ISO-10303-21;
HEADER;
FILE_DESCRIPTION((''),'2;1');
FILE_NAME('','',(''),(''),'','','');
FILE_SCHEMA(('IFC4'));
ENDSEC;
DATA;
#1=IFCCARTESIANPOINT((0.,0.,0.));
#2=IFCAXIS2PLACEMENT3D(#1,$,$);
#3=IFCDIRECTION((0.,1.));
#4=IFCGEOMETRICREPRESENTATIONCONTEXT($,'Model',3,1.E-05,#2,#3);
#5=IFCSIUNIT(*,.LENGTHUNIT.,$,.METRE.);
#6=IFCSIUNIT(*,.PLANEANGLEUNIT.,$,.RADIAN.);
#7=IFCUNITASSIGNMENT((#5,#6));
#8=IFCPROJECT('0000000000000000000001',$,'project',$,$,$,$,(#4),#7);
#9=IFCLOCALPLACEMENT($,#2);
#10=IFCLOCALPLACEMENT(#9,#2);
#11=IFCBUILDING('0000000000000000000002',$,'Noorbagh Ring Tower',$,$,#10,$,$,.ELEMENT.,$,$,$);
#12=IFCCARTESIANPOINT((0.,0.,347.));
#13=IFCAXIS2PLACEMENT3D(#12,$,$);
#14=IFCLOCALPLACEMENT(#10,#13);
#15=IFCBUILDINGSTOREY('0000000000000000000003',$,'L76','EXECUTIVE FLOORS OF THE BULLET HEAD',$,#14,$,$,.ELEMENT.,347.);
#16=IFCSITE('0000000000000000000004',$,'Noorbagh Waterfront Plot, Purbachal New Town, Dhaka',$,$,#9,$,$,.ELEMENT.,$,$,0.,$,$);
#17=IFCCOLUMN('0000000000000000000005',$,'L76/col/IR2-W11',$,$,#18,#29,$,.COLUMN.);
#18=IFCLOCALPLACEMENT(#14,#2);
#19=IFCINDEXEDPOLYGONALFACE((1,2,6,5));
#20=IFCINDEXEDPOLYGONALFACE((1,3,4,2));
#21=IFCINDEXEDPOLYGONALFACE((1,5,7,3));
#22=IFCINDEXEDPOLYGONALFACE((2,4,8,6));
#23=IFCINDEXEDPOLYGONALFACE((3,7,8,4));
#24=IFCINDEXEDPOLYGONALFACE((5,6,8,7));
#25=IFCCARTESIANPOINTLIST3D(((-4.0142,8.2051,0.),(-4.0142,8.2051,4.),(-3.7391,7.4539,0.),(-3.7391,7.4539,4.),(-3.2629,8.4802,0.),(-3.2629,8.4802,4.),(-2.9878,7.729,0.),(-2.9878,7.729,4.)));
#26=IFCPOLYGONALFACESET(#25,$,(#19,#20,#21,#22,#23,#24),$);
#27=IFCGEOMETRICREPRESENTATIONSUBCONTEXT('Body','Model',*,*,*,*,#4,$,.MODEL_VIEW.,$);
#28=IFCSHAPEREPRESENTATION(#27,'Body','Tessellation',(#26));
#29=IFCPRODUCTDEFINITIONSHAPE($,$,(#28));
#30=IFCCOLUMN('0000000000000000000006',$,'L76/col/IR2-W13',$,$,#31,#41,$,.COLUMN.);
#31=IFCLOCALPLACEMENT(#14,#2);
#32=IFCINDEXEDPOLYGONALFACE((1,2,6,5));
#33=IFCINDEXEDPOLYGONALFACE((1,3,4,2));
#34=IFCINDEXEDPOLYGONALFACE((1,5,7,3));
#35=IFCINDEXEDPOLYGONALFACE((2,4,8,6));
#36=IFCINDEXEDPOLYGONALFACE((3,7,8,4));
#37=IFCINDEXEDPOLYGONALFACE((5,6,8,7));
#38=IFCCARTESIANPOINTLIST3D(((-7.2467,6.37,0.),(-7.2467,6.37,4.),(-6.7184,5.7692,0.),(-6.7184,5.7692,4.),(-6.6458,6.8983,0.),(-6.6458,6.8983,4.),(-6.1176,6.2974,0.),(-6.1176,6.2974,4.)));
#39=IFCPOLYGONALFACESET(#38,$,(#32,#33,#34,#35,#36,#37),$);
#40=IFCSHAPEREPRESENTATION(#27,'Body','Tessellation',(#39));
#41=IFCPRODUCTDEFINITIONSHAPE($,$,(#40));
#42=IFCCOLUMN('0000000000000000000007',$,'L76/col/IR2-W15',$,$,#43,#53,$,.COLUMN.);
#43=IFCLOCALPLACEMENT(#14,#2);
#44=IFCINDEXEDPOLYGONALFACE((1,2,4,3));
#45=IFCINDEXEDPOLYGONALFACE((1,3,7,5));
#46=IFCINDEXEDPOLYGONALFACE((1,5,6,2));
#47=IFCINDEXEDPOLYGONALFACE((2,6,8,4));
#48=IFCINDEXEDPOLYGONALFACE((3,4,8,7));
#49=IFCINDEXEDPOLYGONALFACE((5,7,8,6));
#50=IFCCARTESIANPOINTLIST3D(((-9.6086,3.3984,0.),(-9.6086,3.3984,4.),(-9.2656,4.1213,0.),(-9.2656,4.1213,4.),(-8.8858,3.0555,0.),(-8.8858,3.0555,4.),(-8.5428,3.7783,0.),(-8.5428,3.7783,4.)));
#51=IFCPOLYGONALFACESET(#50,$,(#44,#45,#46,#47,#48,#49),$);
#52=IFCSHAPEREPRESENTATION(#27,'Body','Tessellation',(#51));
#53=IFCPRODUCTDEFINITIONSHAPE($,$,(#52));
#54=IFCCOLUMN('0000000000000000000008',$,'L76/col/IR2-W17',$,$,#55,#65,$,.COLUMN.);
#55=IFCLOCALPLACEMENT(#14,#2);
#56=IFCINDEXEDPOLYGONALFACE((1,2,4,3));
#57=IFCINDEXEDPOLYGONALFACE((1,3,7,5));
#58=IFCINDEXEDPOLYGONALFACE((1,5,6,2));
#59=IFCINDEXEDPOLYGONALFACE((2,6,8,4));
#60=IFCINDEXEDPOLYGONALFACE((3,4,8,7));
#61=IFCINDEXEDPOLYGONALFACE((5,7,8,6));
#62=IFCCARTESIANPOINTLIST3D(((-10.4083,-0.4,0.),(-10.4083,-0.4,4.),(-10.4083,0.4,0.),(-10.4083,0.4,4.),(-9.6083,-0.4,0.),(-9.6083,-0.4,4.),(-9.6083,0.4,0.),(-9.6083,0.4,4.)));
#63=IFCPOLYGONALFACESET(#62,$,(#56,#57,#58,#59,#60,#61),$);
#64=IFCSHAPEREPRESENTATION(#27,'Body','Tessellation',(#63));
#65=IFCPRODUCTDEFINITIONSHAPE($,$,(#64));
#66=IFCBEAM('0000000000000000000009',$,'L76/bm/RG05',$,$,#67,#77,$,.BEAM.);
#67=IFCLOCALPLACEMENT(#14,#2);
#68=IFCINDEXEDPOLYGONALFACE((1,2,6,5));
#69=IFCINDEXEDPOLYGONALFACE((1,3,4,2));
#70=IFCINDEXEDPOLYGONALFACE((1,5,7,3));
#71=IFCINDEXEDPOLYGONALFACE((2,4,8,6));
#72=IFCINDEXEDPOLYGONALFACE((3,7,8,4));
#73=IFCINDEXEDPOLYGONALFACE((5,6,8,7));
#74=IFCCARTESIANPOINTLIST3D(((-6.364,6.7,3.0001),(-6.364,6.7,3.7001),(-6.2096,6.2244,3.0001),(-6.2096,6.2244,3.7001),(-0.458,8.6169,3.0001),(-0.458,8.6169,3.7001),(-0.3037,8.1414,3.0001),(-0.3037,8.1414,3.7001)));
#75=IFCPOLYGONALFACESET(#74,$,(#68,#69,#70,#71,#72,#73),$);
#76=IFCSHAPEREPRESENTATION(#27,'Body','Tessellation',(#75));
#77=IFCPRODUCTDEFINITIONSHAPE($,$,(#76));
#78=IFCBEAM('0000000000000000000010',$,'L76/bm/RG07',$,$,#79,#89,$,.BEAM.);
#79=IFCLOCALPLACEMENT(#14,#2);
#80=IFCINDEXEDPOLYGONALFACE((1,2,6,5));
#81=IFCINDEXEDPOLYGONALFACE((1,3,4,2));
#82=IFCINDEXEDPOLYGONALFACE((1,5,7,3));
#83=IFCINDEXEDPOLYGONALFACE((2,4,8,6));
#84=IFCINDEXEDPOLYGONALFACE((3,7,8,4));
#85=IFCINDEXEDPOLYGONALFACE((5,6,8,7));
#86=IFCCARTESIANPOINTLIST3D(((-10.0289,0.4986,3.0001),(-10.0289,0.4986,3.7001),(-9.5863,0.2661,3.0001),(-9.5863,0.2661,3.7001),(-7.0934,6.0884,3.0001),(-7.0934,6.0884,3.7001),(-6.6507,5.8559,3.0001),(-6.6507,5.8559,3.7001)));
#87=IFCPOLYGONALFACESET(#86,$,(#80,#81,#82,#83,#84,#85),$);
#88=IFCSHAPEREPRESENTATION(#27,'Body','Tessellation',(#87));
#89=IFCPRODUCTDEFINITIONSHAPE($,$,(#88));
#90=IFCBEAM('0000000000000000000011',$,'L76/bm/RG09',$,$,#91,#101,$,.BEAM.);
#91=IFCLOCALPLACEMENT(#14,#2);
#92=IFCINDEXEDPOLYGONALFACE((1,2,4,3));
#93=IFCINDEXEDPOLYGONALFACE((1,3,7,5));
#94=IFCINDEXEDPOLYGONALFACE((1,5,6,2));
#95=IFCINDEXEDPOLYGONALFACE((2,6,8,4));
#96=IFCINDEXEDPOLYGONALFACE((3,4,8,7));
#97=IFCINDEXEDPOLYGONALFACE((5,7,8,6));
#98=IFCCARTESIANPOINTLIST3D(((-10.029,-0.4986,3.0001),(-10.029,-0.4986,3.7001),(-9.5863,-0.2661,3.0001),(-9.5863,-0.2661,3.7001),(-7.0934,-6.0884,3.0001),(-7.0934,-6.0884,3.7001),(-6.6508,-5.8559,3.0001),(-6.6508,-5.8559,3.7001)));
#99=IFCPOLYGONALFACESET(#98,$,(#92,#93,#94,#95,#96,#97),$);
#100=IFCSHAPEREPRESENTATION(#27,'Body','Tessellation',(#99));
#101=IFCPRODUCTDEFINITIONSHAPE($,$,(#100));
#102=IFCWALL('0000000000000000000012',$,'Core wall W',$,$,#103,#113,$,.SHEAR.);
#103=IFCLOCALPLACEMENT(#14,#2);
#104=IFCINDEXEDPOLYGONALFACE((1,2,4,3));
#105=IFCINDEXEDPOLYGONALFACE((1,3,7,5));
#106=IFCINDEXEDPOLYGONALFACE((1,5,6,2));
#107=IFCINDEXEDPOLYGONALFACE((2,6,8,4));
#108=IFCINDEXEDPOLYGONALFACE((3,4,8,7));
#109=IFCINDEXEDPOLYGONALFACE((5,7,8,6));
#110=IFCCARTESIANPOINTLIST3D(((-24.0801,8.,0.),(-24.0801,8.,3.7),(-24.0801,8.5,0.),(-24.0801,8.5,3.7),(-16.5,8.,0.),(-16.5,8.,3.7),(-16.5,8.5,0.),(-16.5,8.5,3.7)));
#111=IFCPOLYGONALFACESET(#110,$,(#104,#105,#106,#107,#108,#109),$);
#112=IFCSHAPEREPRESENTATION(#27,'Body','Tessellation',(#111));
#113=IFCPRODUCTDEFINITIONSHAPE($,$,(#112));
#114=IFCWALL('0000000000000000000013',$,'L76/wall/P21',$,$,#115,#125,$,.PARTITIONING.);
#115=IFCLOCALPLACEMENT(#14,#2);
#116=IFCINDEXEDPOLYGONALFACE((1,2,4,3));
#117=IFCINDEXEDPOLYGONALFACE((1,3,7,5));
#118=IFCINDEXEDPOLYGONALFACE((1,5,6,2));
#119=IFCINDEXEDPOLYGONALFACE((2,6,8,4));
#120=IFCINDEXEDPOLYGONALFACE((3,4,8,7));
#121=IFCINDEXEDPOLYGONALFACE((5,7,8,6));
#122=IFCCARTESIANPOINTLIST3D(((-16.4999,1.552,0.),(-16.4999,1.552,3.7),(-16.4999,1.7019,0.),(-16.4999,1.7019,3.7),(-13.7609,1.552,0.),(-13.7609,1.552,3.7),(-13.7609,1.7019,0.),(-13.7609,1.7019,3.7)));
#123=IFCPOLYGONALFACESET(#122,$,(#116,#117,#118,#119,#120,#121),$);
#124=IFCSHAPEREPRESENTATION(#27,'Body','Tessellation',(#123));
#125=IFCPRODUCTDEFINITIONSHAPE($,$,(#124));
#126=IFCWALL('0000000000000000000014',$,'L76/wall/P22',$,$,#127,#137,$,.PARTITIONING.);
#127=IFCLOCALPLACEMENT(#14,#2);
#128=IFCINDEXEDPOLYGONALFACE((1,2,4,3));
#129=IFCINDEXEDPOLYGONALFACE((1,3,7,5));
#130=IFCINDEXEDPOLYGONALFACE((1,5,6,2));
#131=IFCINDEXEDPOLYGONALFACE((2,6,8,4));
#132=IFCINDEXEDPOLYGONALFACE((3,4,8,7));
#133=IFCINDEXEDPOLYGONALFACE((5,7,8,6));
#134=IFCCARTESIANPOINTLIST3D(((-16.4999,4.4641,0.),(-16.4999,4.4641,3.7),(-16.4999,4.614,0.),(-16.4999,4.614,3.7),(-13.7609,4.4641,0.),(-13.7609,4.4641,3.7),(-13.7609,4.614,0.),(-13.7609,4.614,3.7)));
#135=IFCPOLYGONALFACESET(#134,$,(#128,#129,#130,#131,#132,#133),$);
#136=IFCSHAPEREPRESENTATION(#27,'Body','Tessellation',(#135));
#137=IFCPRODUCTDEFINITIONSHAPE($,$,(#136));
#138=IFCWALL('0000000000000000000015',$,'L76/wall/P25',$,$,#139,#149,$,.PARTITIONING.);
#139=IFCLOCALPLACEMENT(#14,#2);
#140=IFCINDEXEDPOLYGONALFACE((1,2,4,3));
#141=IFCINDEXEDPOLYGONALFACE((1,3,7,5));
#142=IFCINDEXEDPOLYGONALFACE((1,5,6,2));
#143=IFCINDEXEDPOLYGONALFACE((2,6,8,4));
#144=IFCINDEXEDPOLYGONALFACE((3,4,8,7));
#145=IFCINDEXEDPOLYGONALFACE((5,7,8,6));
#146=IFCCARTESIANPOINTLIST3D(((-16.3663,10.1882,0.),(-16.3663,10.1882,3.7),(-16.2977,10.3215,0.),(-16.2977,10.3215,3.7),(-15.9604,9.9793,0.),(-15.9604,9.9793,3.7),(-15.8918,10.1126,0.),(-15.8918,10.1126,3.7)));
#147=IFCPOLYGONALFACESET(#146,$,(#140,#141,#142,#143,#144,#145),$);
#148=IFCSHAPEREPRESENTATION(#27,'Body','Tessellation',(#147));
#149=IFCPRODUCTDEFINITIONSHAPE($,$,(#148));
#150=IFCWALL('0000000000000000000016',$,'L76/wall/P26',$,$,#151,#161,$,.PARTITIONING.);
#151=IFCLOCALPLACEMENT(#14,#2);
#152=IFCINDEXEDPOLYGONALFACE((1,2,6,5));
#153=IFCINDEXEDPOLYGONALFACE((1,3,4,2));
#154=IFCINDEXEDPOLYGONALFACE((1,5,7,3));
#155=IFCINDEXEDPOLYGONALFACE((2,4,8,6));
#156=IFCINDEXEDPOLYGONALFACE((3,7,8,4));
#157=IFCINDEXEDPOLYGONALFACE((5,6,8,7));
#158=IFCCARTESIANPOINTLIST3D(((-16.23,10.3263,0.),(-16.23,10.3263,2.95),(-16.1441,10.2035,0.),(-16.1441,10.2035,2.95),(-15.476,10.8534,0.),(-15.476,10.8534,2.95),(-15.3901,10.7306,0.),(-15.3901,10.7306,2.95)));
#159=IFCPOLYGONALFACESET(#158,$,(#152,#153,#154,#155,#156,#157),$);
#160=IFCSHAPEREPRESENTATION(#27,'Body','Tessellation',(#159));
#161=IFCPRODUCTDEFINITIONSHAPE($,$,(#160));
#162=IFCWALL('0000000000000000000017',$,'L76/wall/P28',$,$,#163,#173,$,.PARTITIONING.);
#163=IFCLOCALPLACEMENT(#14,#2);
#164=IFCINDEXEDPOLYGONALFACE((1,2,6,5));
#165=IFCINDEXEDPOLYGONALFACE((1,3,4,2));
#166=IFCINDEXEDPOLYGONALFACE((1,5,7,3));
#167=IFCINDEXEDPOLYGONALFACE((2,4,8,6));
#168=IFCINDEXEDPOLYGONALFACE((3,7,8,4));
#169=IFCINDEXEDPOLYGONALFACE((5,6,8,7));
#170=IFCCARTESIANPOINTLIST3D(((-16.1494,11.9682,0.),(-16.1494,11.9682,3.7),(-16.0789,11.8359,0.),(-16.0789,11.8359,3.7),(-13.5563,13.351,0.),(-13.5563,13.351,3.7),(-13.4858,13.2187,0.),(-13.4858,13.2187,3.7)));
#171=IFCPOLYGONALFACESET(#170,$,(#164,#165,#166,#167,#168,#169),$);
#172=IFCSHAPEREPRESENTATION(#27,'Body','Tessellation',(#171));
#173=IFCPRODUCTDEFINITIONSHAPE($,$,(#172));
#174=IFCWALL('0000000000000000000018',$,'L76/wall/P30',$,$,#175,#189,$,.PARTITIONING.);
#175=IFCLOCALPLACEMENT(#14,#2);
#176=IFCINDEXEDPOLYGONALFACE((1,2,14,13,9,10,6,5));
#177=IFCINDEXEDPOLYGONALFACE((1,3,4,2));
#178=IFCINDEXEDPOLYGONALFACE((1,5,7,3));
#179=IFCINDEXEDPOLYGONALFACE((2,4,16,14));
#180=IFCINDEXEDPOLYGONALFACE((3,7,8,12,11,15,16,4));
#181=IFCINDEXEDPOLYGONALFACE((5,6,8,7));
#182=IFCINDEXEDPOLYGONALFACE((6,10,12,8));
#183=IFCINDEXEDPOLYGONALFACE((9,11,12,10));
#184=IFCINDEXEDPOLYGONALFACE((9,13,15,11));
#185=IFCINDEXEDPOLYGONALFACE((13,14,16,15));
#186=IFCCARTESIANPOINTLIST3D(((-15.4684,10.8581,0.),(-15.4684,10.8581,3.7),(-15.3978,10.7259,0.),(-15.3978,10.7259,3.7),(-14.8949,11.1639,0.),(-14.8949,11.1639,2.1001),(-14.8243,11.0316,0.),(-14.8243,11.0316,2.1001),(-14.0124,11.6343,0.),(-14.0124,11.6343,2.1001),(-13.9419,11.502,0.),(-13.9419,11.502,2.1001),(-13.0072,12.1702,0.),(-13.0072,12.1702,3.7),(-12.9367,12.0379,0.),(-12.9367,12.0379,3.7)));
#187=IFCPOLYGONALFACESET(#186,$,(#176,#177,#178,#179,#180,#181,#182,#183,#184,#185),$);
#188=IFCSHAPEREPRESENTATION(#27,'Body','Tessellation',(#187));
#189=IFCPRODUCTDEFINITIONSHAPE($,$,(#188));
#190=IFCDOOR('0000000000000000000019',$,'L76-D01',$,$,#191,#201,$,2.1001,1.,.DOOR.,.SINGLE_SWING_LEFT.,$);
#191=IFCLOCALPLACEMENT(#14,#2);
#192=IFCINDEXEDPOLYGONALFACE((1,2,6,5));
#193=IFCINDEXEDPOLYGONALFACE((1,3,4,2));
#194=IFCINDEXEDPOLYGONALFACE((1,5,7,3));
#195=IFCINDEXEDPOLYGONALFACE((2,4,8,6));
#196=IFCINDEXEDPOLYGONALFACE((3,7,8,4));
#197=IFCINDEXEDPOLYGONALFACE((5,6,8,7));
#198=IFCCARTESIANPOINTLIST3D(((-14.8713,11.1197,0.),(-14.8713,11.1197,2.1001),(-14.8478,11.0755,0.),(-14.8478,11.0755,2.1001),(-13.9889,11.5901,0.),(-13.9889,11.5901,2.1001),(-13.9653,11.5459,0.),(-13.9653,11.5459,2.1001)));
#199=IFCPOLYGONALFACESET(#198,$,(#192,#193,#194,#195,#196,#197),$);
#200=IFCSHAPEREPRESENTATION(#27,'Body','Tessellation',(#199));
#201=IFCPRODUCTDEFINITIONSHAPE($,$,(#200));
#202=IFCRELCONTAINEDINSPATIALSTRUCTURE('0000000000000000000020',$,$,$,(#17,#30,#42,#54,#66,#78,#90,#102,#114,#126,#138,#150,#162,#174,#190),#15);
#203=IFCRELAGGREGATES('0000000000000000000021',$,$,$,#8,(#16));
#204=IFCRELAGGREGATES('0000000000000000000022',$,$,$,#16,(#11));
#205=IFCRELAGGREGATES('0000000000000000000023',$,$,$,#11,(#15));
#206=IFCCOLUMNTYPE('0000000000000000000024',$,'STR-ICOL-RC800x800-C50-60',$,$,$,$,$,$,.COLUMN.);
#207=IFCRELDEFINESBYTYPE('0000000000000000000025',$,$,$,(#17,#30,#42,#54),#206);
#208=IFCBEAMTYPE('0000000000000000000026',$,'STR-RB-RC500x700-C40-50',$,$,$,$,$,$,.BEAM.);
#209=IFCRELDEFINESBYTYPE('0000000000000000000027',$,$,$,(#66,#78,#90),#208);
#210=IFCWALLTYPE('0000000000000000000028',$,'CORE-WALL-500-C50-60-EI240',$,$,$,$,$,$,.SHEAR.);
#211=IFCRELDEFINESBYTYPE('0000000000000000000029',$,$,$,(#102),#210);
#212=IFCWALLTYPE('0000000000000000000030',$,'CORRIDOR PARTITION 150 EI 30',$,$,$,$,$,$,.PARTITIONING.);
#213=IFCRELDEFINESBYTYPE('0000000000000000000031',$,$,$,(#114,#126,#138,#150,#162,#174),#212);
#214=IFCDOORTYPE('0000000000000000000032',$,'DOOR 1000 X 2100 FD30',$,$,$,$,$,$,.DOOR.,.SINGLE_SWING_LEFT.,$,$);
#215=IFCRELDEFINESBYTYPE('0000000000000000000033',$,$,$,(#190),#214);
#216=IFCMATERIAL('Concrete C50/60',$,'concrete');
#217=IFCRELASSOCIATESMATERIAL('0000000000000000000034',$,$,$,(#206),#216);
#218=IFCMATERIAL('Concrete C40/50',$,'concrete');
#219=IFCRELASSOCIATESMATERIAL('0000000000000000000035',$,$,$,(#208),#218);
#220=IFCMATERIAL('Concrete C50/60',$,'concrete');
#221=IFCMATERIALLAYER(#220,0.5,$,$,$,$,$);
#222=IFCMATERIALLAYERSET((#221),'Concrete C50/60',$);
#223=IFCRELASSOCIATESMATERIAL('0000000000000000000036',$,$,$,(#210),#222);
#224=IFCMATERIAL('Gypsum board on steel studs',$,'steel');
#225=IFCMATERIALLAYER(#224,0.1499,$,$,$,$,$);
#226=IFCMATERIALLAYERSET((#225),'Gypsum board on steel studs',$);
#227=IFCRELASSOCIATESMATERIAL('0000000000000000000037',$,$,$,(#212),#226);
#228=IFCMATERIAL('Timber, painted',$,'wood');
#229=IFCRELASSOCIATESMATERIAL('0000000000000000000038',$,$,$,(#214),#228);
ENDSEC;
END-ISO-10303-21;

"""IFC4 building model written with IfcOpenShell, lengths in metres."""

from ifc_helpers import new_model, si_unit, direction, frame, frame_2d, origin, origin_2d, place, context, subcontext, project, spatial, rectangle, extrude, material, layer, layer_set, material_profile, profile_set, type_object, element, fill, save


model = new_model("IFC4")

# Units and contexts
model_context = context("Model", 3, precision=1e-05, world=origin(), true_north=direction((0.0, 1.0)))
body_context = subcontext(model_context, "Body", "Model", "MODEL_VIEW")
ifc_project = project(units=[si_unit("LENGTHUNIT", "METRE"), si_unit("PLANEANGLEUNIT", "RADIAN")], contexts=[model_context])

# Site, building, storey
site_placement = place(None, origin())
site = spatial("IfcSite", under=ifc_project, at=site_placement, Name="Noorbagh Waterfront Plot, Purbachal New Town, Dhaka", CompositionType="ELEMENT", RefElevation=0.0)
building_placement = place(site_placement, origin())
building = spatial("IfcBuilding", under=site, at=building_placement, Name="Noorbagh Ring Tower", CompositionType="ELEMENT")
storey_placement = place(building_placement, frame((0.0, 0.0, 347.0)))
storey = spatial("IfcBuildingStorey", under=building, at=storey_placement, Name="L76", Description="EXECUTIVE FLOORS OF THE BULLET HEAD", CompositionType="ELEMENT", Elevation=347.0)

# Columns
ifc_material_1 = material(Name="Concrete C50/60", Category="concrete")
ifc_material_profile_1 = material_profile(ifc_material_1, rectangle(XDim=0.8, YDim=0.8, at=origin_2d()), Name="RC800x800")
ifc_profile_set_1 = profile_set([ifc_material_profile_1], Name="Concrete C50/60")
column_type = type_object("IfcColumnType", Name="STR-ICOL-RC800x800-C50-60", PredefinedType="COLUMN", material=ifc_profile_set_1)
for number, where, z_axis, x_axis, name in (
    (1, (-3.501, 7.967, 0.0), (0.0, 0.0, 1.0), (-0.93902, -0.343864, 0.0), "L76/col/IR2-W11"),
    (2, (-6.6821, 6.3337, 0.0), (0.0, 0.0, 1.0), (-0.751022, -0.660277, 0.0), "L76/col/IR2-W13"),
    (3, (-9.0757, 3.5884, 0.0), (0.0, 0.0, 1.0), (-0.428667, -0.903463, 0.0), "L76/col/IR2-W15"),
    (4, (-10.0083, 0.0, 0.0), (0.0, 0.0, 1.0), (0.0, -1.0, 0.0), "L76/col/IR2-W17"),
):
    element("IfcColumn", number, at=place(storey_placement, frame(where, z_axis=z_axis, x_axis=x_axis)), inside=storey, type_object=column_type, Name=name, PredefinedType="COLUMN", context=body_context, shape_type="SweptSolid", body=[
        extrude(rectangle(XDim=0.8, YDim=0.8, at=origin_2d()), origin(), (0.0, 0.0, 1.0), 4.0),
    ])

# Beams
ifc_material_2 = material(Name="Concrete C40/50", Category="concrete")
ifc_material_profile_2 = material_profile(ifc_material_2, rectangle(XDim=0.5, YDim=0.7, at=origin_2d()), Name="RC500x700")
ifc_profile_set_2 = profile_set([ifc_material_profile_2], Name="Concrete C40/50")
beam_type = type_object("IfcBeamType", Name="STR-RB-RC500x700-C40-50", PredefinedType="BEAM", material=ifc_profile_set_2)
beam_placement = place(storey_placement, frame((-0.3809, 8.3792, 3.3501), z_axis=(-0.95115, -0.308728, 0.0), x_axis=(0.308728, -0.95115, 0.0)))
element("IfcBeam", 5, at=beam_placement, inside=storey, type_object=beam_type, Name="L76/bm/RG05", PredefinedType="BEAM", context=body_context, shape_type="SweptSolid", body=[
    extrude(rectangle(XDim=0.5, YDim=0.7, at=origin_2d()), origin(), (0.0, 0.0, 1.0), 6.2092),
])
for number, where, z_axis, x_axis, name in (
    (6, (-6.8721, 5.9722, 3.3501), (-0.464943, -0.885341, 0.0), (0.885341, -0.464943, 0.0), "L76/bm/RG07"),
    (7, (-9.8076, -0.3823, 3.3501), (0.464943, -0.885341, 0.0), (0.885341, 0.464943, 0.0), "L76/bm/RG09"),
):
    element("IfcBeam", number, at=place(storey_placement, frame(where, z_axis=z_axis, x_axis=x_axis)), inside=storey, type_object=beam_type, Name=name, PredefinedType="BEAM", context=body_context, shape_type="SweptSolid", body=[
        extrude(rectangle(XDim=0.5, YDim=0.7, at=origin_2d()), origin(), (0.0, 0.0, 1.0), 6.3137),
    ])

# Walls
ifc_material_3 = material(Name="Concrete C50/60", Category="concrete")
ifc_layer_1 = layer(ifc_material_3, 0.5)
ifc_layer_set_1 = layer_set([ifc_layer_1], Name="Concrete C50/60")
wall_type_1 = type_object("IfcWallType", Name="CORE-WALL-500-C50-60-EI240", PredefinedType="SHEAR", material=ifc_layer_set_1)
wall_1_placement = place(storey_placement, frame((-16.5, 8.25, 0.0), z_axis=(0.0, 0.0, 1.0), x_axis=(-1.0, 0.0, 0.0)))
element("IfcWall", 8, at=wall_1_placement, inside=storey, type_object=wall_type_1, Name="Core wall W", PredefinedType="SHEAR", context=body_context, shape_type="SweptSolid", body=[
    extrude(rectangle(XDim=7.5801, YDim=0.5, at=frame_2d((3.79, 0.0))), origin(), (0.0, 0.0, 1.0), 3.7),
])
ifc_material_4 = material(Name="Gypsum board on steel studs", Category="steel")
ifc_layer_2 = layer(ifc_material_4, 0.1499)
ifc_layer_set_2 = layer_set([ifc_layer_2], Name="Gypsum board on steel studs")
wall_type_2 = type_object("IfcWallType", Name="CORRIDOR PARTITION 150 EI 30", PredefinedType="PARTITIONING", material=ifc_layer_set_2)
for number, where, z_axis, x_axis, name in (
    (9, (-16.5, 1.627, 0.0), (0.0, 0.0, 1.0), (1.0, 0.0, 0.0), "L76/wall/P21"),
    (10, (-16.5, 4.5391, 0.0), (0.0, 0.0, 1.0), (1.0, 0.0, 0.0), "L76/wall/P22"),
):
    element("IfcWall", number, at=place(storey_placement, frame(where, z_axis=z_axis, x_axis=x_axis)), inside=storey, type_object=wall_type_2, Name=name, PredefinedType="PARTITIONING", context=body_context, shape_type="SweptSolid", body=[
        extrude(rectangle(XDim=2.739, YDim=0.1499, at=frame_2d((1.3696, 0.0))), origin(), (0.0, 0.0, 1.0), 3.7),
    ])
wall_2_placement = place(storey_placement, frame((-16.332, 10.2549, 0.0), z_axis=(0.0, 0.0, 1.0), x_axis=(0.889126, -0.457662, 0.0)))
element("IfcWall", 11, at=wall_2_placement, inside=storey, type_object=wall_type_2, Name="L76/wall/P25", PredefinedType="PARTITIONING", context=body_context, shape_type="SweptSolid", body=[
    extrude(rectangle(XDim=0.4565, YDim=0.1499, at=frame_2d((0.2283, 0.0))), origin(), (0.0, 0.0, 1.0), 3.7),
])
wall_3_placement = place(storey_placement, frame((-16.187, 10.2649, 0.0), z_axis=(0.0, 0.0, 1.0), x_axis=(0.819556, 0.572999, 0.0)))
element("IfcWall", 12, at=wall_3_placement, inside=storey, type_object=wall_type_2, Name="L76/wall/P26", PredefinedType="PARTITIONING", context=body_context, shape_type="SweptSolid", body=[
    extrude(rectangle(XDim=0.9199, YDim=0.1499, at=frame_2d((0.46, 0.0))), origin(), (0.0, 0.0, 1.0), 2.95),
])
wall_4_placement = place(storey_placement, frame((-16.114, 11.9021, 0.0), z_axis=(0.0, 0.0, 1.0), x_axis=(0.882371, 0.470554, 0.0)))
element("IfcWall", 13, at=wall_4_placement, inside=storey, type_object=wall_type_2, Name="L76/wall/P28", PredefinedType="PARTITIONING", context=body_context, shape_type="SweptSolid", body=[
    extrude(rectangle(XDim=2.9387, YDim=0.1499, at=frame_2d((1.4692, 0.0))), origin(), (0.0, 0.0, 1.0), 3.7),
])

# Wall, opening, door
wall_5_placement = place(storey_placement, frame((-15.4331, 10.792, 0.0), z_axis=(0.0, 0.0, 1.0), x_axis=(0.882445, 0.470416, 0.0)))
wall_5 = element("IfcWall", 14, at=wall_5_placement, inside=storey, type_object=wall_type_2, Name="L76/wall/P30", PredefinedType="PARTITIONING", context=body_context, shape_type="SweptSolid", body=[
    extrude(rectangle(XDim=2.7891, YDim=0.1499, at=frame_2d((1.3945, 0.0))), origin(), (0.0, 0.0, 1.0), 3.7),
])
opening_1_placement = place(wall_5_placement, frame((0.6499, 0.0, 0.0)))
opening_1 = element("IfcOpeningElement", 15, at=opening_1_placement, cuts=wall_5, PredefinedType="OPENING", context=body_context, shape_type="SweptSolid", body=[
    extrude(rectangle(XDim=1.0, YDim=2.1001, at=frame_2d((0.5, 1.05))), frame((0.0, 0.085, 0.0), z_axis=(0.0, -1.0, 0.0), x_axis=(1.0, 0.0, 0.0)), (0.0, 0.0, 1.0), 0.1699),
])
ifc_material_5 = material(Name="Timber, painted", Category="wood")
door_type = type_object("IfcDoorType", Name="DOOR 1000 X 2100 FD30", OperationType="SINGLE_SWING_LEFT", PredefinedType="DOOR", material=ifc_material_5)
door_1_placement = place(opening_1_placement, origin())
door_1 = element("IfcDoor", 16, at=door_1_placement, inside=storey, type_object=door_type, Name="L76-D01", OperationType="SINGLE_SWING_LEFT", OverallHeight=2.1001, OverallWidth=1.0, PredefinedType="DOOR", context=body_context, shape_type="SweptSolid", body=[
    extrude(rectangle(XDim=1.0, YDim=2.1001, at=frame_2d((0.5, 1.05))), frame((0.0, 0.0249, 0.0), z_axis=(0.0, -1.0, 0.0), x_axis=(1.0, 0.0, 0.0)), (0.0, 0.0, 1.0), 0.05),
])
fill(opening_1, door_1)

save(model, "model.ifc")
